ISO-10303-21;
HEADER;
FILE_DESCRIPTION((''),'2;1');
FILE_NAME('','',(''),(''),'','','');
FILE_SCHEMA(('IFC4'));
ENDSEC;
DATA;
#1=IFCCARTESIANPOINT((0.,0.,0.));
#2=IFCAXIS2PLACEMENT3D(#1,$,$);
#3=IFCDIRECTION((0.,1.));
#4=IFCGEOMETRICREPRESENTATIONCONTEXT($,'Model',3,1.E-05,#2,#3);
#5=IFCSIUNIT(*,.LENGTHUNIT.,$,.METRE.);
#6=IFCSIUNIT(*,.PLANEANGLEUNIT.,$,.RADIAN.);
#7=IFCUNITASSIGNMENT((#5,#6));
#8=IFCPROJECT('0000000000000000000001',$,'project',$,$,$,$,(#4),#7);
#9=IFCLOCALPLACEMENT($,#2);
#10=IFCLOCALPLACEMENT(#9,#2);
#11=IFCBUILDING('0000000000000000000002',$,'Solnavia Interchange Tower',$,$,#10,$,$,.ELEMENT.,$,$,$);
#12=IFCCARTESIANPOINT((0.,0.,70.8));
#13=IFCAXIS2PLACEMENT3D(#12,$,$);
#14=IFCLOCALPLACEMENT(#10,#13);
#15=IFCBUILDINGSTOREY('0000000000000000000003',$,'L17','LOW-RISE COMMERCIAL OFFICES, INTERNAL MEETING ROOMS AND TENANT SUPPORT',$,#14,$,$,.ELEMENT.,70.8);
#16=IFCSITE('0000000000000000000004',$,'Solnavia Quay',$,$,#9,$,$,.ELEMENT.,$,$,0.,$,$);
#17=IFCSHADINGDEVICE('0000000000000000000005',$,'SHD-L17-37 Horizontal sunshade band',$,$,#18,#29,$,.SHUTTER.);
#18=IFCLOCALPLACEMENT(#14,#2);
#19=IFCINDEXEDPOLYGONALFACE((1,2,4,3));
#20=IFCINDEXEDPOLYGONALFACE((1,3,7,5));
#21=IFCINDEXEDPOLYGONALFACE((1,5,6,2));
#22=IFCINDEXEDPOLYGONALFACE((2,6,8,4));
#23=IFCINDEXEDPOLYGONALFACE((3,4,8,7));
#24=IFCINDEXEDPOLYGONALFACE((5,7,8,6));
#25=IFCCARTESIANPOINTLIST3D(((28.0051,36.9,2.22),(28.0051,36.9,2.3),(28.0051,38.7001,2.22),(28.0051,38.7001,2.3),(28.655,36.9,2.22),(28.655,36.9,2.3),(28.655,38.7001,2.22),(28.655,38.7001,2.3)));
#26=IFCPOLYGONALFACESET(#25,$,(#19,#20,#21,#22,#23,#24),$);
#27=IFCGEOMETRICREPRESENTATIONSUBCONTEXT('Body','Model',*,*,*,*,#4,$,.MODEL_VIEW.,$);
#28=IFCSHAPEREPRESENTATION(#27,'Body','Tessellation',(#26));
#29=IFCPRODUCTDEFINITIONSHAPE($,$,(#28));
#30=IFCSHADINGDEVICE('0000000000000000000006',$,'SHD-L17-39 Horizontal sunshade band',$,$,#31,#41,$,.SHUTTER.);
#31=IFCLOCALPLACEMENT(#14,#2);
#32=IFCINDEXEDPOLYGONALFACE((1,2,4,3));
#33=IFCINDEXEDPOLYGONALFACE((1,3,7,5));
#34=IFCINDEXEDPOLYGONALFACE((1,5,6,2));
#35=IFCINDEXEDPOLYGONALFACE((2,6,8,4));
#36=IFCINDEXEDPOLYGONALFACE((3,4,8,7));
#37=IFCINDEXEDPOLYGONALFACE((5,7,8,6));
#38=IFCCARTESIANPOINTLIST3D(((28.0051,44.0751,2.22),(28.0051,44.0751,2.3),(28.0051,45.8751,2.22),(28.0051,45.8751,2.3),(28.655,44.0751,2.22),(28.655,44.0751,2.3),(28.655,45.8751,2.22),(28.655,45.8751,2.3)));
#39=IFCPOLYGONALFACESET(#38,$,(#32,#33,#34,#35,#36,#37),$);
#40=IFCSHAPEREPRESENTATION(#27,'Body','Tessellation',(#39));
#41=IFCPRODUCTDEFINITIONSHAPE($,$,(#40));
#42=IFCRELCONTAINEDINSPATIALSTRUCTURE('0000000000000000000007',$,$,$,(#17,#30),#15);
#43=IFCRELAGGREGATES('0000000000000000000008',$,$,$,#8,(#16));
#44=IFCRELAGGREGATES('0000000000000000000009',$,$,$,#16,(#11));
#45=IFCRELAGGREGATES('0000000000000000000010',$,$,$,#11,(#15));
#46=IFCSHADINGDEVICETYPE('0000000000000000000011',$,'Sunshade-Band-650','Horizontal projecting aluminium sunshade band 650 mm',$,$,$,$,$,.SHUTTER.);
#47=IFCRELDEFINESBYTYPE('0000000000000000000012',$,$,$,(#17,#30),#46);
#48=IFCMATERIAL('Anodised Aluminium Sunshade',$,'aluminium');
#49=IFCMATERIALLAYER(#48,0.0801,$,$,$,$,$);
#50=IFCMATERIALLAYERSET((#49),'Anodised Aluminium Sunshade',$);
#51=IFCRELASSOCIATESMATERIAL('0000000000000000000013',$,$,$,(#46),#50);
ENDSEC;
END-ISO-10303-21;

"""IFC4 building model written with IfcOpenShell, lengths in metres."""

from ifc_helpers import new_model, si_unit, direction, frame, origin, origin_2d, place, context, subcontext, project, spatial, rectangle, extrude, material, layer, layer_set, type_object, element, save


model = new_model("IFC4")

# Units and contexts
model_context = context("Model", 3, precision=1e-05, world=origin(), true_north=direction((0.0, 1.0)))
body_context = subcontext(model_context, "Body", "Model", "MODEL_VIEW")
ifc_project = project(units=[si_unit("LENGTHUNIT", "METRE"), si_unit("PLANEANGLEUNIT", "RADIAN")], contexts=[model_context])

# Site, building, storey
site_placement = place(None, origin())
site = spatial("IfcSite", under=ifc_project, at=site_placement, Name="Solnavia Quay", CompositionType="ELEMENT", RefElevation=0.0)
building_placement = place(site_placement, origin())
building = spatial("IfcBuilding", under=site, at=building_placement, Name="Solnavia Interchange Tower", CompositionType="ELEMENT")
storey_placement = place(building_placement, frame((0.0, 0.0, 70.8)))
storey = spatial("IfcBuildingStorey", under=building, at=storey_placement, Name="L17", Description="LOW-RISE COMMERCIAL OFFICES, INTERNAL MEETING ROOMS AND TENANT SUPPORT", CompositionType="ELEMENT", Elevation=70.8)

# Shading devices
ifc_material_1 = material(Name="Anodised Aluminium Sunshade", Category="aluminium")
ifc_layer_1 = layer(ifc_material_1, 0.0801)
ifc_layer_set_1 = layer_set([ifc_layer_1], Name="Anodised Aluminium Sunshade")
shading_device_type = type_object("IfcShadingDeviceType", Name="Sunshade-Band-650", Description="Horizontal projecting aluminium sunshade band 650 mm", PredefinedType="SHUTTER", material=ifc_layer_set_1)
for number, where, z_axis, x_axis, name in (
    (1, (28.3301, 37.8, 2.22), (0.0, 0.0, 1.0), (0.0, 1.0, 0.0), "SHD-L17-37 Horizontal sunshade band"),
    (2, (28.3301, 44.9751, 2.22), (0.0, 0.0, 1.0), (0.0, 1.0, 0.0), "SHD-L17-39 Horizontal sunshade band"),
):
    element("IfcShadingDevice", number, at=place(storey_placement, frame(where, z_axis=z_axis, x_axis=x_axis)), inside=storey, type_object=shading_device_type, Name=name, PredefinedType="SHUTTER", context=body_context, shape_type="SweptSolid", body=[
        extrude(rectangle(XDim=1.8, YDim=0.6499, at=origin_2d()), origin(), (0.0, 0.0, 1.0), 0.0801),
    ])

save(model, "model.ifc")
